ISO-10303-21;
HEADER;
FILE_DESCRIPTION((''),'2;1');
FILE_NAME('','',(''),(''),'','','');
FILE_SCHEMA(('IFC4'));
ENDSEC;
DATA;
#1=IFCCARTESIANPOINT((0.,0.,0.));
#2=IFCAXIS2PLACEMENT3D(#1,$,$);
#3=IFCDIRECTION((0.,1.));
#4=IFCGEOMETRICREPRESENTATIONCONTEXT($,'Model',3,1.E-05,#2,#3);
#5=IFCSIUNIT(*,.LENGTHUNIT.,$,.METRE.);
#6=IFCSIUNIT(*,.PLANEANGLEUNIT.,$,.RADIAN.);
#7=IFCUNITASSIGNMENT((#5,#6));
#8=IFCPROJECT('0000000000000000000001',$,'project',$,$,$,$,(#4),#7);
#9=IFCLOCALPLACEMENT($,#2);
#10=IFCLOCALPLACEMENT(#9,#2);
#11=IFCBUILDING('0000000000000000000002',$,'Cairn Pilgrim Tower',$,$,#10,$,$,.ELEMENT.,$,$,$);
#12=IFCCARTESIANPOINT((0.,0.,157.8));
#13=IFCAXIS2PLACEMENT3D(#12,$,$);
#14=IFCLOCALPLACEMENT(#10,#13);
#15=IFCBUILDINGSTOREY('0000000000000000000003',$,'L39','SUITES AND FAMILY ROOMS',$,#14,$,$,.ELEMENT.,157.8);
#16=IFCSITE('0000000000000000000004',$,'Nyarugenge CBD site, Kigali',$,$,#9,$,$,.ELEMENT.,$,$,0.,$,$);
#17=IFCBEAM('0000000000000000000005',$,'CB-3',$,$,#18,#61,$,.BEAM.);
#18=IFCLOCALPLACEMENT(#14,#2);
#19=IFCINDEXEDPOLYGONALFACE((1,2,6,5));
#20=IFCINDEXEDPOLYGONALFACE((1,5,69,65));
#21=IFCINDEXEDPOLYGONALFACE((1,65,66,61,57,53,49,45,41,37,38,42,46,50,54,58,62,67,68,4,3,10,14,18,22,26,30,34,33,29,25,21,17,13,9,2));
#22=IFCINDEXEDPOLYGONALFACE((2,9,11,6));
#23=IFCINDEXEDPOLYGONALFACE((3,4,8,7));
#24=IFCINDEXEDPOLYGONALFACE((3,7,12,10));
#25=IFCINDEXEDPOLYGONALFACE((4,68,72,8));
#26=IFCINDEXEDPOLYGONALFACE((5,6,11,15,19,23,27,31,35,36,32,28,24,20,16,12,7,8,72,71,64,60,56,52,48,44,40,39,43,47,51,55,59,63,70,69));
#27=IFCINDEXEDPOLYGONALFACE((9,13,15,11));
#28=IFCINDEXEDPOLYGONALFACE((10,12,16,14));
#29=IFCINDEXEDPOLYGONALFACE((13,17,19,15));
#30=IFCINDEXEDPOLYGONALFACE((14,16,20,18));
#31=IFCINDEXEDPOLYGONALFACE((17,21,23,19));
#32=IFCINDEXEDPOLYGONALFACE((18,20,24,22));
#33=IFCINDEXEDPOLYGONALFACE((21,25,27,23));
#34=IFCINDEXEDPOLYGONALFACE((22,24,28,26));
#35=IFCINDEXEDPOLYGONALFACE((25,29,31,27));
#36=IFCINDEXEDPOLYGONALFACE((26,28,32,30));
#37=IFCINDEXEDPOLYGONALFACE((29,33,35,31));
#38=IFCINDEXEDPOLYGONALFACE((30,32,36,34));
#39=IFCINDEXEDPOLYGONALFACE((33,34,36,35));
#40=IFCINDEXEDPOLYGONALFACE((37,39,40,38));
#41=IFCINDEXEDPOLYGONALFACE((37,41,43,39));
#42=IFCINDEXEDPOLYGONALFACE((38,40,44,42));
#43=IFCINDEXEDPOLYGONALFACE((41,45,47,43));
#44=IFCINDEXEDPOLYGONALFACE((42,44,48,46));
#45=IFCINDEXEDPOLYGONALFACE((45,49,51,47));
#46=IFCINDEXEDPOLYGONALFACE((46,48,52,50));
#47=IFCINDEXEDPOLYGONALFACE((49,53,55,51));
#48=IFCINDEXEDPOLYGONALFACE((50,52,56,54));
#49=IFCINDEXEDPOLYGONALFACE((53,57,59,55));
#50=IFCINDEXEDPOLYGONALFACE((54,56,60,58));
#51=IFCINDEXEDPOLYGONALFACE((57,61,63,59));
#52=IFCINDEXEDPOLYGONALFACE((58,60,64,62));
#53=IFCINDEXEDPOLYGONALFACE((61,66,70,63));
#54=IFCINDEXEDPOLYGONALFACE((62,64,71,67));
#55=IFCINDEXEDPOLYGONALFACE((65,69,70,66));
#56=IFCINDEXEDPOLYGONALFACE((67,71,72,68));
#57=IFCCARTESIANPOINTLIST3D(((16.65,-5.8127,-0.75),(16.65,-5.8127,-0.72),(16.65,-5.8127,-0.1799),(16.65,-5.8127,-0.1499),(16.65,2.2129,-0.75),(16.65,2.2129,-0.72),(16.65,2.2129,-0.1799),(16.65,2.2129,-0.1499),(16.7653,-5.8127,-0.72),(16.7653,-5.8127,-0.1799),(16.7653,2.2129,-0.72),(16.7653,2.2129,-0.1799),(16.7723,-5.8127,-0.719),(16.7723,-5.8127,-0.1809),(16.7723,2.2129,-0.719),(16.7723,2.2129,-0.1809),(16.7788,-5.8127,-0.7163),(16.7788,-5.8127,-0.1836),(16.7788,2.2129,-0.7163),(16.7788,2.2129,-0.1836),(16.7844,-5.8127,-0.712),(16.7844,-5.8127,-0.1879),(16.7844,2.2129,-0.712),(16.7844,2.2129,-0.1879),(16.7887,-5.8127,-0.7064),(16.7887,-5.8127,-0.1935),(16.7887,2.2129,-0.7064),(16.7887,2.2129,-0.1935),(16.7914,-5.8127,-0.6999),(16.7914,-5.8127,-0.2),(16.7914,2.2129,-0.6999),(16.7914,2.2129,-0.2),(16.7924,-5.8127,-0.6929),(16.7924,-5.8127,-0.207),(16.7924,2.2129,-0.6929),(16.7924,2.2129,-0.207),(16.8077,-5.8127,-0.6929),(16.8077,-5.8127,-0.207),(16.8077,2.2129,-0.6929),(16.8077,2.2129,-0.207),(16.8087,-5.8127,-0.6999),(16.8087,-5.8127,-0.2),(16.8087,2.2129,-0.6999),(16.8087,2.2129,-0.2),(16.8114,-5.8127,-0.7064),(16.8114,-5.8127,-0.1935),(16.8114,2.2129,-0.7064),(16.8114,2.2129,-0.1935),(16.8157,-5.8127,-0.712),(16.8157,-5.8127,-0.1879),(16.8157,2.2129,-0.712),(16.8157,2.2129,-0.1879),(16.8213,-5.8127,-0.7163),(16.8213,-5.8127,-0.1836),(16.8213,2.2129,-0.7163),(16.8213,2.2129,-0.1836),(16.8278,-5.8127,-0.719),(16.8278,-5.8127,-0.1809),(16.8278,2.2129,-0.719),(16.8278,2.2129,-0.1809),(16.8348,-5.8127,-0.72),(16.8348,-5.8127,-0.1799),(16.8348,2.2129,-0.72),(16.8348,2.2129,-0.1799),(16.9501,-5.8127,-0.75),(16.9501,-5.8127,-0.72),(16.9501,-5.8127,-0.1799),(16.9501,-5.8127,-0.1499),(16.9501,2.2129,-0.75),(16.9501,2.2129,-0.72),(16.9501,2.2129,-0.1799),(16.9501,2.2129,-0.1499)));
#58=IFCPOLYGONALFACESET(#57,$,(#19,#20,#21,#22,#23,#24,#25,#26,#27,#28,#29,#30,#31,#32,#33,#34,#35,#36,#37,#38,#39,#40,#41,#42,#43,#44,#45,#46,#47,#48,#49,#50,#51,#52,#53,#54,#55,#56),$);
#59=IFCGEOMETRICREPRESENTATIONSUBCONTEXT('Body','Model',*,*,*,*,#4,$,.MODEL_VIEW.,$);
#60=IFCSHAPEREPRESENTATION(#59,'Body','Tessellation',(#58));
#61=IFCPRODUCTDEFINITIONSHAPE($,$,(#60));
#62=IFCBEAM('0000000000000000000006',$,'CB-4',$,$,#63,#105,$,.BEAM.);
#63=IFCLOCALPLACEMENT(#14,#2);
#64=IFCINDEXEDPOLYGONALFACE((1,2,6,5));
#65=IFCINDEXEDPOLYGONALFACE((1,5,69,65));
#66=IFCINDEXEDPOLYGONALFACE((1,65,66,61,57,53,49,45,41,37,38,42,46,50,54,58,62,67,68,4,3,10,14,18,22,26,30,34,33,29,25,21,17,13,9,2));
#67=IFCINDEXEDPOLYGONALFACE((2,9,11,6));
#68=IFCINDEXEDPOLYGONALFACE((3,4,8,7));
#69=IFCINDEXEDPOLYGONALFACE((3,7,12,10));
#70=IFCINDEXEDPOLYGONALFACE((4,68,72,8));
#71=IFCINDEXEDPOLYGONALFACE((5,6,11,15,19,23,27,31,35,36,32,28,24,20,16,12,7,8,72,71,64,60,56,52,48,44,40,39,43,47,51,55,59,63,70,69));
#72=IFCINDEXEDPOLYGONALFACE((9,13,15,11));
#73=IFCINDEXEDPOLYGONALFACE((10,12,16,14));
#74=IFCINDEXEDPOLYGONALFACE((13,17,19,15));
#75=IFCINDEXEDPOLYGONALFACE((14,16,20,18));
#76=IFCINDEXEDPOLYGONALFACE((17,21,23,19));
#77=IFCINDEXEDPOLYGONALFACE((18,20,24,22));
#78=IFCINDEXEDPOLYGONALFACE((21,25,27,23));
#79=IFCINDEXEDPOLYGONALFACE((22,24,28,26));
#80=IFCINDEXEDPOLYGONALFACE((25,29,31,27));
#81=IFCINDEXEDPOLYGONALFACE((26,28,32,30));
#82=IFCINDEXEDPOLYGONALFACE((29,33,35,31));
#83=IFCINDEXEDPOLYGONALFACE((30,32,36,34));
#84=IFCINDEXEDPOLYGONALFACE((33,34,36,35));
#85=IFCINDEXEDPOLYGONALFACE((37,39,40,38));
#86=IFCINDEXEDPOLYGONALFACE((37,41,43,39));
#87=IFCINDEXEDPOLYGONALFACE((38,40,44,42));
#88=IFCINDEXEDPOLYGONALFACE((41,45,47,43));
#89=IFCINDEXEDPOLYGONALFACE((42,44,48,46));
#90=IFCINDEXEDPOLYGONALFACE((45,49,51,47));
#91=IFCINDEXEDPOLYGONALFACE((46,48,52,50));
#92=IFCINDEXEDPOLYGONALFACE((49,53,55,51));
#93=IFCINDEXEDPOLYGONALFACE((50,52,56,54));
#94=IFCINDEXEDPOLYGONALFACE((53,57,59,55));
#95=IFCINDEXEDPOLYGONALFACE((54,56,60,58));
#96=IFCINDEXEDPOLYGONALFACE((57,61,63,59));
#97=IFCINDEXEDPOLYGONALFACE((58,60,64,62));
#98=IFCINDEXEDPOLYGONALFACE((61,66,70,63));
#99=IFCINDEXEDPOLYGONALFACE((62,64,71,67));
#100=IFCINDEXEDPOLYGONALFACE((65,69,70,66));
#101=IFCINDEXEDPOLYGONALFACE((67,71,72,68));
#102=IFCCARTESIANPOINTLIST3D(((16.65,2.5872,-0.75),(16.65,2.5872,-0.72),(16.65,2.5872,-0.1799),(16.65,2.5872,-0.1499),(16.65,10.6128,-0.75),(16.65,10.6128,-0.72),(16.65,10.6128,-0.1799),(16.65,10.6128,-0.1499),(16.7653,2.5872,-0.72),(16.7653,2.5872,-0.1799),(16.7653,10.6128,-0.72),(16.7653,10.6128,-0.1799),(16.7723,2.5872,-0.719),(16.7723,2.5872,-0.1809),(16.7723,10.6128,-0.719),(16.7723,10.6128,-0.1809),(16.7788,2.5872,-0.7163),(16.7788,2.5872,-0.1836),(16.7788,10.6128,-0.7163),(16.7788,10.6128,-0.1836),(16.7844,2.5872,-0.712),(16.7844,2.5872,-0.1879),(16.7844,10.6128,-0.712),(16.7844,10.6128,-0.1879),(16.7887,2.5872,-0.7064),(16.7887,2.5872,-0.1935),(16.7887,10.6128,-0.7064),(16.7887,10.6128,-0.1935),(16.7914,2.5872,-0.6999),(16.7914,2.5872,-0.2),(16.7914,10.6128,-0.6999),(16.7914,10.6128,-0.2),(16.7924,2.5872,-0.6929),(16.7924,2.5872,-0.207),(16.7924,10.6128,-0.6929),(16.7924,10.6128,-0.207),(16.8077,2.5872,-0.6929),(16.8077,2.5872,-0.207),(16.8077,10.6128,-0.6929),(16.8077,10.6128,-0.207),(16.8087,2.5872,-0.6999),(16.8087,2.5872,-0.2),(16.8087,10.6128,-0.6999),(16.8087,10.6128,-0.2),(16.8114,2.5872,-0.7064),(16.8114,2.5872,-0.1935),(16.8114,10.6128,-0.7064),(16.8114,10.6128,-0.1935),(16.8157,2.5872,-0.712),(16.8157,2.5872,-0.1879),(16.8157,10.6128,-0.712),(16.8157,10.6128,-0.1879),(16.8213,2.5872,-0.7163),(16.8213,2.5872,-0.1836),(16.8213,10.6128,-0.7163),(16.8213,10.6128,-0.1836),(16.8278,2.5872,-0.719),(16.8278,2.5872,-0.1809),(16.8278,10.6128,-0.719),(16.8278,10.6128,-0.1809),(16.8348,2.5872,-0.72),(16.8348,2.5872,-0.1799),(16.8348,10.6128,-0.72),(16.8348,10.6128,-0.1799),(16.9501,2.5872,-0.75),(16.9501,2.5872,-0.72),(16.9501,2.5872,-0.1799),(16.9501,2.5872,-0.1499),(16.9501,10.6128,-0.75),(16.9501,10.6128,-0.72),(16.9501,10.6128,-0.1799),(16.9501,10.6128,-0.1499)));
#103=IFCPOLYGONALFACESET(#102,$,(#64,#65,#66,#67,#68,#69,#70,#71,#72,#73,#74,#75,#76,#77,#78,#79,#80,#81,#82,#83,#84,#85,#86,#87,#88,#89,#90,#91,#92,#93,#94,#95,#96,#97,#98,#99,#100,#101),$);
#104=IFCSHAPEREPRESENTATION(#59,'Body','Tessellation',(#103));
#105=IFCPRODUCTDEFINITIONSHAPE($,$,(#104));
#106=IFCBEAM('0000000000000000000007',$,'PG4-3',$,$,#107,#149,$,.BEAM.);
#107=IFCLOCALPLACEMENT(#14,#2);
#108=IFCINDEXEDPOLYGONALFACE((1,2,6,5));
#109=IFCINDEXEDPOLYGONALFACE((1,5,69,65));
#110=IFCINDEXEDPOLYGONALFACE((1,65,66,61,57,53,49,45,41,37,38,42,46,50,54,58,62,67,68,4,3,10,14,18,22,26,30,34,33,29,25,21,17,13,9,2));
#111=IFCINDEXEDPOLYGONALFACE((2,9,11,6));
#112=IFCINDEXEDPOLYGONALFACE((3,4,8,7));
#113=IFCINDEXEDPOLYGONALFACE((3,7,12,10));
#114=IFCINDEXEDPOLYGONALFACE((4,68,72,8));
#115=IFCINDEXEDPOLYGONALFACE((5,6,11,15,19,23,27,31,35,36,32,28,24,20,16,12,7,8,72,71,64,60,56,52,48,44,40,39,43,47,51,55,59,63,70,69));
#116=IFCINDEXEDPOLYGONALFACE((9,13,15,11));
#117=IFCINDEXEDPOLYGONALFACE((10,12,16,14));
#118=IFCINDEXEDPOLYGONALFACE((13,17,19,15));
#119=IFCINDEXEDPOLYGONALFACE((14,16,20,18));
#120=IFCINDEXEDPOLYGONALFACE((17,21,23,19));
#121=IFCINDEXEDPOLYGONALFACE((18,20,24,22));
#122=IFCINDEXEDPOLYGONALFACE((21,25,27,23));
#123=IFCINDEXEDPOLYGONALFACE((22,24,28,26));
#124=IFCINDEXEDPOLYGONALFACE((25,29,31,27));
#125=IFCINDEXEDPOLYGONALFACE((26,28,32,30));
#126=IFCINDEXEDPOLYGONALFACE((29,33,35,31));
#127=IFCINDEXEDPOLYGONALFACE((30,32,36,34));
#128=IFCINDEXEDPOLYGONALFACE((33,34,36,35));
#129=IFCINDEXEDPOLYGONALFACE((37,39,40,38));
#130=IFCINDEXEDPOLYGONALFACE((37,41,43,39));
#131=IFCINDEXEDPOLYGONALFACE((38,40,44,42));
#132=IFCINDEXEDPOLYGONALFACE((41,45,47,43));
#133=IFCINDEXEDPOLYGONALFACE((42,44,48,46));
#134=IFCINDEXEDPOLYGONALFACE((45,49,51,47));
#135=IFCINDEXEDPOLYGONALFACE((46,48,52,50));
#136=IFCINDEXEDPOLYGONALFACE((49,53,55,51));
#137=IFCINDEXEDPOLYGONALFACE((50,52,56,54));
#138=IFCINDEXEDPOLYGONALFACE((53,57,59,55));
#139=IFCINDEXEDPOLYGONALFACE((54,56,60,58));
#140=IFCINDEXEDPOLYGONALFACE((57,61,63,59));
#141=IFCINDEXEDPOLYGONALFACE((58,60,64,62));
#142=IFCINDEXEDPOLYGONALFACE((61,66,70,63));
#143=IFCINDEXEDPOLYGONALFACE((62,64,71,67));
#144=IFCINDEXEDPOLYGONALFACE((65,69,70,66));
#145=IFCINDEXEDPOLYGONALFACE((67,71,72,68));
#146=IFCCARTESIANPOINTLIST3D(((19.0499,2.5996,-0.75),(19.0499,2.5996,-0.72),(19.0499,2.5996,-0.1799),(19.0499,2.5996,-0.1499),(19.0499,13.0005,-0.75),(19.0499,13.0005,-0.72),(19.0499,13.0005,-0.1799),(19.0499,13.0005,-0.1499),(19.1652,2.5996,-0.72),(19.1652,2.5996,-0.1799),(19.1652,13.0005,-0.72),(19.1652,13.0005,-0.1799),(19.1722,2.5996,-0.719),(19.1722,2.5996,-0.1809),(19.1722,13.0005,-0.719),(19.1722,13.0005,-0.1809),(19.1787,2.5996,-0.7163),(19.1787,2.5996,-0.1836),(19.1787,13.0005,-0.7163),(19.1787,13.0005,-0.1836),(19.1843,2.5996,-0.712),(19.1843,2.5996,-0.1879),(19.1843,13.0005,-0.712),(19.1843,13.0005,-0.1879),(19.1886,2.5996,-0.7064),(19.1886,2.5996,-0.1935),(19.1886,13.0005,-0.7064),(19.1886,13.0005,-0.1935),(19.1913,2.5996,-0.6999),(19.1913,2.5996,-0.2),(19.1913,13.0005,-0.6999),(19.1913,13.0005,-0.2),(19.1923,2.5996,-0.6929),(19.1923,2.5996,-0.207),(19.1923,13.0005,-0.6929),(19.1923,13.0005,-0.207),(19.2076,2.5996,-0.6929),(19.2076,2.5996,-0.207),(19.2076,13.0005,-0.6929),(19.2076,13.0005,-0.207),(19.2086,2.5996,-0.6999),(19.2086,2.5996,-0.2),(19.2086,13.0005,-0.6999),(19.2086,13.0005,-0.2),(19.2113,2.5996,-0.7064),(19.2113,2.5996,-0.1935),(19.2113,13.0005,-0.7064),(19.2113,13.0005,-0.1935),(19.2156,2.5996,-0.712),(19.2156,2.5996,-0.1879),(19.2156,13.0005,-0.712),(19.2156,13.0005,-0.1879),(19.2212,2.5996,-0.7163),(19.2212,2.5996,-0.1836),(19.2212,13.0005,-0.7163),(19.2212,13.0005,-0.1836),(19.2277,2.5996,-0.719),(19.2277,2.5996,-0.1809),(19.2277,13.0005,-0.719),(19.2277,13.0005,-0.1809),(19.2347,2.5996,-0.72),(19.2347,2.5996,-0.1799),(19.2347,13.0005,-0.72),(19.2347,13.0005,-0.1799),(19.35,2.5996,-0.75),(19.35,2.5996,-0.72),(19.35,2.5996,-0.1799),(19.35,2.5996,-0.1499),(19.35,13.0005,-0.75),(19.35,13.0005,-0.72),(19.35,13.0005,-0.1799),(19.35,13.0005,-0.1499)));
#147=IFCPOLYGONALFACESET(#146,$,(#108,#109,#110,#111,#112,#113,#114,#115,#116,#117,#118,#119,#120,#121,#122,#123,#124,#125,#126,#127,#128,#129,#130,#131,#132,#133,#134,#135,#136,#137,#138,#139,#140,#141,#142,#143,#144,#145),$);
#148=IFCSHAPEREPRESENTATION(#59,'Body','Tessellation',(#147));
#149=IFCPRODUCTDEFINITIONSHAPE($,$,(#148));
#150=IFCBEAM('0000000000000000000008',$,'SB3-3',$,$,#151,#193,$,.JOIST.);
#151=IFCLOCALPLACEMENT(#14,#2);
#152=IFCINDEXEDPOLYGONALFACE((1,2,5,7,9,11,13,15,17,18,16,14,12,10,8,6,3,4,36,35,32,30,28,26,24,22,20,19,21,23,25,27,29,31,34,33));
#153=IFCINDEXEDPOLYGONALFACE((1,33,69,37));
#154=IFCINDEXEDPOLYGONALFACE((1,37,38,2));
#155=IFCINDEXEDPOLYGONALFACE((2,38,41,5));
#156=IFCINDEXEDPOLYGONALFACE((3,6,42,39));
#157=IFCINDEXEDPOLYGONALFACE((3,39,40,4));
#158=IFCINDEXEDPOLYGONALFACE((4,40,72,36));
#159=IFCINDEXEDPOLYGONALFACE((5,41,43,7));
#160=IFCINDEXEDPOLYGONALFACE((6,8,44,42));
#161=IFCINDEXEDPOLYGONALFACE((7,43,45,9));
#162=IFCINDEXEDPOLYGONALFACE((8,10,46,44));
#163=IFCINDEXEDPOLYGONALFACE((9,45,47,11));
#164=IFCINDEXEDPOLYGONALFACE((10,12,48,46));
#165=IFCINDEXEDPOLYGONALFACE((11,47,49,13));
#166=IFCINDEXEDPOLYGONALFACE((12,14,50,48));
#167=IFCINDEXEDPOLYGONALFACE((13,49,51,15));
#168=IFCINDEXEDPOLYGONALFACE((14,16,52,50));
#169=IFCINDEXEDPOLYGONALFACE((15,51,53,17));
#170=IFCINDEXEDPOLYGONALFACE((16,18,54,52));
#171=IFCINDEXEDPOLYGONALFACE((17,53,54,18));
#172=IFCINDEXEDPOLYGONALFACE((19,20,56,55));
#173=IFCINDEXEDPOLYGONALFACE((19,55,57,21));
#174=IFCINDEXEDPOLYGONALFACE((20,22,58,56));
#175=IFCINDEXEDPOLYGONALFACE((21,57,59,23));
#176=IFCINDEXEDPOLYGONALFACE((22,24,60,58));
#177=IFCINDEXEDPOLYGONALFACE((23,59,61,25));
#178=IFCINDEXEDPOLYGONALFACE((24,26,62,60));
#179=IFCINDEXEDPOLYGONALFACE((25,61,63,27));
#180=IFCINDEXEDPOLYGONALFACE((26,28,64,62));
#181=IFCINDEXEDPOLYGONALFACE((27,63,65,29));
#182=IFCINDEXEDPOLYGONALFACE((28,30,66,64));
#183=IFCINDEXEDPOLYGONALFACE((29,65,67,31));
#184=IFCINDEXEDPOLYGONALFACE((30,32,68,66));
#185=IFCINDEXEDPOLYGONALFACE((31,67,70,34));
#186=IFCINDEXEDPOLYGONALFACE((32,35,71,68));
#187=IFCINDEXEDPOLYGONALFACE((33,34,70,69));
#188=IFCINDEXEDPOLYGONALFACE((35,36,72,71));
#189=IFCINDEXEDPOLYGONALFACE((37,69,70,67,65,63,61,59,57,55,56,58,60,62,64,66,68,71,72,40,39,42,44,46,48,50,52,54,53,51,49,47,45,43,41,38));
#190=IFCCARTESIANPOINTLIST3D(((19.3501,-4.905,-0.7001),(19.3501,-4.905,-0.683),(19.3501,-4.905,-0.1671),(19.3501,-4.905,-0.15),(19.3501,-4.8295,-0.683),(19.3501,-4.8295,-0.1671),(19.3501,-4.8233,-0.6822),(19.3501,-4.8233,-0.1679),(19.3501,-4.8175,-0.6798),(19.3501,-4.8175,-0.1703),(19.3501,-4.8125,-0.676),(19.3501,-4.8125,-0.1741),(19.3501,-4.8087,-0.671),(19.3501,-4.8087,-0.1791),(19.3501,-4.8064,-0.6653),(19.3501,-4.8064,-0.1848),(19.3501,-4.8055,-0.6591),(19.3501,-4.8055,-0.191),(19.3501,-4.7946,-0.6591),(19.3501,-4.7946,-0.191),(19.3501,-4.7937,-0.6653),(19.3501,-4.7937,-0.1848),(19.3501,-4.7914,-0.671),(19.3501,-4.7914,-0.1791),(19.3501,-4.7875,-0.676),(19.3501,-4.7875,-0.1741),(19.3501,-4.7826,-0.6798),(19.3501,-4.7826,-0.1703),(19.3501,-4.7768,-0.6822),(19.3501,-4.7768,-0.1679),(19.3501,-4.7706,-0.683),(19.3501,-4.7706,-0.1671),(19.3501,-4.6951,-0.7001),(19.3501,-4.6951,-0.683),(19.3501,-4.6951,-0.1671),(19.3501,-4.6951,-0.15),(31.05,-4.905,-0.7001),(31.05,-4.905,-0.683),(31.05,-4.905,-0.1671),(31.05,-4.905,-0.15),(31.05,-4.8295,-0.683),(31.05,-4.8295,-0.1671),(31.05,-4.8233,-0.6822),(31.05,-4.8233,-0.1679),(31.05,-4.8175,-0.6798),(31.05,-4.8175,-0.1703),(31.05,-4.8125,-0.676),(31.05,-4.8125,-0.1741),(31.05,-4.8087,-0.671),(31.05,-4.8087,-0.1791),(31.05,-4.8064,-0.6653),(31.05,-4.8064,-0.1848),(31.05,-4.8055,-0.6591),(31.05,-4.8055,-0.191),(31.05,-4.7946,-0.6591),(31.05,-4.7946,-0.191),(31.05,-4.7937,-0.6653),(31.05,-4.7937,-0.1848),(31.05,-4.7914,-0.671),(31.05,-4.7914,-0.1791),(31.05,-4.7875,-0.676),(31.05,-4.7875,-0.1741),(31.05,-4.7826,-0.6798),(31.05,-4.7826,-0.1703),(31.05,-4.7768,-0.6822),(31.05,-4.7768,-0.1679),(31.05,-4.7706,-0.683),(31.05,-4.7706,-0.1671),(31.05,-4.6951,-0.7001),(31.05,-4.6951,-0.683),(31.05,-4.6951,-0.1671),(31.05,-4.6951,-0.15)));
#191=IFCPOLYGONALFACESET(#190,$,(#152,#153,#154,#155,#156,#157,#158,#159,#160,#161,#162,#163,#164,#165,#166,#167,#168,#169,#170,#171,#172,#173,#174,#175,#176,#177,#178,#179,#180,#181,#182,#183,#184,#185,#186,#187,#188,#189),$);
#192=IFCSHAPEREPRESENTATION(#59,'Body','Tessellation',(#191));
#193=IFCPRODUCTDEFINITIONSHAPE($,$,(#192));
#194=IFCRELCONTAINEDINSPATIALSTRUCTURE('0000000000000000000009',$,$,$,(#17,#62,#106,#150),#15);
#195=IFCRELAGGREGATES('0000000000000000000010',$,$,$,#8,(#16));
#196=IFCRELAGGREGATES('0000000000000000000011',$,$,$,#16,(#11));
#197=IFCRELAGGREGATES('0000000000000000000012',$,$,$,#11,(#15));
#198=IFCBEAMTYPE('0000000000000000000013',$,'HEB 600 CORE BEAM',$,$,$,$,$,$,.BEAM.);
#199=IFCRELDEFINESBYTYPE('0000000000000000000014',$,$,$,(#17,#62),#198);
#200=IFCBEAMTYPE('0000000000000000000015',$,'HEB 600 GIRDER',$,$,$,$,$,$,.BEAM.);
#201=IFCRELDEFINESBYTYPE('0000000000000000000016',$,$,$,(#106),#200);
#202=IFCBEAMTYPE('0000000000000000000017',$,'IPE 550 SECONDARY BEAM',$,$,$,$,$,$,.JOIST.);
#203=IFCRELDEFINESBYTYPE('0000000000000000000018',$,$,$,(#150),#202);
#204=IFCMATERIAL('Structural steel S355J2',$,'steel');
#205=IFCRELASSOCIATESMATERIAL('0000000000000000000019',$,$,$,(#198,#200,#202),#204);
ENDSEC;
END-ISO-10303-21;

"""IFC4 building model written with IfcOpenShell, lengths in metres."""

from ifc_helpers import new_model, si_unit, direction, frame, origin, origin_2d, place, context, subcontext, project, spatial, i_section, extrude, material, material_profile, profile_set, type_object, element, save


model = new_model("IFC4")

# Units and contexts
model_context = context("Model", 3, precision=1e-05, world=origin(), true_north=direction((0.0, 1.0)))
body_context = subcontext(model_context, "Body", "Model", "MODEL_VIEW")
ifc_project = project(units=[si_unit("LENGTHUNIT", "METRE"), si_unit("PLANEANGLEUNIT", "RADIAN")], contexts=[model_context])

# Site, building, storey
site_placement = place(None, origin())
site = spatial("IfcSite", under=ifc_project, at=site_placement, Name="Nyarugenge CBD site, Kigali", CompositionType="ELEMENT", RefElevation=0.0)
building_placement = place(site_placement, origin())
building = spatial("IfcBuilding", under=site, at=building_placement, Name="Cairn Pilgrim Tower", CompositionType="ELEMENT")
storey_placement = place(building_placement, frame((0.0, 0.0, 157.8)))
storey = spatial("IfcBuildingStorey", under=building, at=storey_placement, Name="L39", Description="SUITES AND FAMILY ROOMS", CompositionType="ELEMENT", Elevation=157.8)

# Shared definitions
ifc_material_1 = material(Name="Structural steel S355J2", Category="steel")

# Beams
ifc_material_profile_1 = material_profile(ifc_material_1, i_section(OverallWidth=0.3, OverallDepth=0.6001, WebThickness=0.0154, FlangeThickness=0.03, FilletRadius=0.0271, at=origin_2d()), Name="HEB 600")
ifc_profile_set_1 = profile_set([ifc_material_profile_1], Name="Structural steel S355J2")
beam_type_1 = type_object("IfcBeamType", Name="HEB 600 CORE BEAM", PredefinedType="BEAM", material=ifc_profile_set_1)
for number, where, z_axis, x_axis, name in (
    (1, (16.8, -5.8127, -0.45), (0.0, 1.0, 0.0), (-1.0, 0.0, 0.0), "CB-3"),
    (2, (16.8, 2.5872, -0.45), (0.0, 1.0, 0.0), (-1.0, 0.0, 0.0), "CB-4"),
):
    element("IfcBeam", number, at=place(storey_placement, frame(where, z_axis=z_axis, x_axis=x_axis)), inside=storey, type_object=beam_type_1, Name=name, PredefinedType="BEAM", context=body_context, shape_type="SweptSolid", body=[
        extrude(i_section(OverallWidth=0.3, OverallDepth=0.6001, WebThickness=0.0154, FlangeThickness=0.03, FilletRadius=0.0271, at=origin_2d()), origin(), (0.0, 0.0, 1.0), 8.0256),
    ])
ifc_material_profile_2 = material_profile(ifc_material_1, i_section(OverallWidth=0.3, OverallDepth=0.6001, WebThickness=0.0154, FlangeThickness=0.03, FilletRadius=0.0271, at=origin_2d()), Name="HEB 600")
ifc_profile_set_2 = profile_set([ifc_material_profile_2], Name="Structural steel S355J2")
beam_type_2 = type_object("IfcBeamType", Name="HEB 600 GIRDER", PredefinedType="BEAM", material=ifc_profile_set_2)
beam_1_placement = place(storey_placement, frame((19.2, 2.5996, -0.45), z_axis=(0.0, 1.0, 0.0), x_axis=(-1.0, 0.0, 0.0)))
element("IfcBeam", 3, at=beam_1_placement, inside=storey, type_object=beam_type_2, Name="PG4-3", PredefinedType="BEAM", context=body_context, shape_type="SweptSolid", body=[
    extrude(i_section(OverallWidth=0.3, OverallDepth=0.6001, WebThickness=0.0154, FlangeThickness=0.03, FilletRadius=0.0271, at=origin_2d()), origin(), (0.0, 0.0, 1.0), 10.4009),
])
ifc_material_profile_3 = material_profile(ifc_material_1, i_section(OverallWidth=0.21, OverallDepth=0.55, WebThickness=0.011, FlangeThickness=0.0171, FilletRadius=0.0239, at=origin_2d()), Name="IPE 550")
ifc_profile_set_3 = profile_set([ifc_material_profile_3], Name="Structural steel S355J2")
beam_type_3 = type_object("IfcBeamType", Name="IPE 550 SECONDARY BEAM", PredefinedType="JOIST", material=ifc_profile_set_3)
beam_2_placement = place(storey_placement, frame((19.3501, -4.8, -0.425), z_axis=(1.0, 0.0, 0.0), x_axis=(0.0, 1.0, 0.0)))
element("IfcBeam", 4, at=beam_2_placement, inside=storey, type_object=beam_type_3, Name="SB3-3", PredefinedType="JOIST", context=body_context, shape_type="SweptSolid", body=[
    extrude(i_section(OverallWidth=0.21, OverallDepth=0.55, WebThickness=0.011, FlangeThickness=0.0171, FilletRadius=0.0239, at=origin_2d()), origin(), (0.0, 0.0, 1.0), 11.7),
])

save(model, "model.ifc")
